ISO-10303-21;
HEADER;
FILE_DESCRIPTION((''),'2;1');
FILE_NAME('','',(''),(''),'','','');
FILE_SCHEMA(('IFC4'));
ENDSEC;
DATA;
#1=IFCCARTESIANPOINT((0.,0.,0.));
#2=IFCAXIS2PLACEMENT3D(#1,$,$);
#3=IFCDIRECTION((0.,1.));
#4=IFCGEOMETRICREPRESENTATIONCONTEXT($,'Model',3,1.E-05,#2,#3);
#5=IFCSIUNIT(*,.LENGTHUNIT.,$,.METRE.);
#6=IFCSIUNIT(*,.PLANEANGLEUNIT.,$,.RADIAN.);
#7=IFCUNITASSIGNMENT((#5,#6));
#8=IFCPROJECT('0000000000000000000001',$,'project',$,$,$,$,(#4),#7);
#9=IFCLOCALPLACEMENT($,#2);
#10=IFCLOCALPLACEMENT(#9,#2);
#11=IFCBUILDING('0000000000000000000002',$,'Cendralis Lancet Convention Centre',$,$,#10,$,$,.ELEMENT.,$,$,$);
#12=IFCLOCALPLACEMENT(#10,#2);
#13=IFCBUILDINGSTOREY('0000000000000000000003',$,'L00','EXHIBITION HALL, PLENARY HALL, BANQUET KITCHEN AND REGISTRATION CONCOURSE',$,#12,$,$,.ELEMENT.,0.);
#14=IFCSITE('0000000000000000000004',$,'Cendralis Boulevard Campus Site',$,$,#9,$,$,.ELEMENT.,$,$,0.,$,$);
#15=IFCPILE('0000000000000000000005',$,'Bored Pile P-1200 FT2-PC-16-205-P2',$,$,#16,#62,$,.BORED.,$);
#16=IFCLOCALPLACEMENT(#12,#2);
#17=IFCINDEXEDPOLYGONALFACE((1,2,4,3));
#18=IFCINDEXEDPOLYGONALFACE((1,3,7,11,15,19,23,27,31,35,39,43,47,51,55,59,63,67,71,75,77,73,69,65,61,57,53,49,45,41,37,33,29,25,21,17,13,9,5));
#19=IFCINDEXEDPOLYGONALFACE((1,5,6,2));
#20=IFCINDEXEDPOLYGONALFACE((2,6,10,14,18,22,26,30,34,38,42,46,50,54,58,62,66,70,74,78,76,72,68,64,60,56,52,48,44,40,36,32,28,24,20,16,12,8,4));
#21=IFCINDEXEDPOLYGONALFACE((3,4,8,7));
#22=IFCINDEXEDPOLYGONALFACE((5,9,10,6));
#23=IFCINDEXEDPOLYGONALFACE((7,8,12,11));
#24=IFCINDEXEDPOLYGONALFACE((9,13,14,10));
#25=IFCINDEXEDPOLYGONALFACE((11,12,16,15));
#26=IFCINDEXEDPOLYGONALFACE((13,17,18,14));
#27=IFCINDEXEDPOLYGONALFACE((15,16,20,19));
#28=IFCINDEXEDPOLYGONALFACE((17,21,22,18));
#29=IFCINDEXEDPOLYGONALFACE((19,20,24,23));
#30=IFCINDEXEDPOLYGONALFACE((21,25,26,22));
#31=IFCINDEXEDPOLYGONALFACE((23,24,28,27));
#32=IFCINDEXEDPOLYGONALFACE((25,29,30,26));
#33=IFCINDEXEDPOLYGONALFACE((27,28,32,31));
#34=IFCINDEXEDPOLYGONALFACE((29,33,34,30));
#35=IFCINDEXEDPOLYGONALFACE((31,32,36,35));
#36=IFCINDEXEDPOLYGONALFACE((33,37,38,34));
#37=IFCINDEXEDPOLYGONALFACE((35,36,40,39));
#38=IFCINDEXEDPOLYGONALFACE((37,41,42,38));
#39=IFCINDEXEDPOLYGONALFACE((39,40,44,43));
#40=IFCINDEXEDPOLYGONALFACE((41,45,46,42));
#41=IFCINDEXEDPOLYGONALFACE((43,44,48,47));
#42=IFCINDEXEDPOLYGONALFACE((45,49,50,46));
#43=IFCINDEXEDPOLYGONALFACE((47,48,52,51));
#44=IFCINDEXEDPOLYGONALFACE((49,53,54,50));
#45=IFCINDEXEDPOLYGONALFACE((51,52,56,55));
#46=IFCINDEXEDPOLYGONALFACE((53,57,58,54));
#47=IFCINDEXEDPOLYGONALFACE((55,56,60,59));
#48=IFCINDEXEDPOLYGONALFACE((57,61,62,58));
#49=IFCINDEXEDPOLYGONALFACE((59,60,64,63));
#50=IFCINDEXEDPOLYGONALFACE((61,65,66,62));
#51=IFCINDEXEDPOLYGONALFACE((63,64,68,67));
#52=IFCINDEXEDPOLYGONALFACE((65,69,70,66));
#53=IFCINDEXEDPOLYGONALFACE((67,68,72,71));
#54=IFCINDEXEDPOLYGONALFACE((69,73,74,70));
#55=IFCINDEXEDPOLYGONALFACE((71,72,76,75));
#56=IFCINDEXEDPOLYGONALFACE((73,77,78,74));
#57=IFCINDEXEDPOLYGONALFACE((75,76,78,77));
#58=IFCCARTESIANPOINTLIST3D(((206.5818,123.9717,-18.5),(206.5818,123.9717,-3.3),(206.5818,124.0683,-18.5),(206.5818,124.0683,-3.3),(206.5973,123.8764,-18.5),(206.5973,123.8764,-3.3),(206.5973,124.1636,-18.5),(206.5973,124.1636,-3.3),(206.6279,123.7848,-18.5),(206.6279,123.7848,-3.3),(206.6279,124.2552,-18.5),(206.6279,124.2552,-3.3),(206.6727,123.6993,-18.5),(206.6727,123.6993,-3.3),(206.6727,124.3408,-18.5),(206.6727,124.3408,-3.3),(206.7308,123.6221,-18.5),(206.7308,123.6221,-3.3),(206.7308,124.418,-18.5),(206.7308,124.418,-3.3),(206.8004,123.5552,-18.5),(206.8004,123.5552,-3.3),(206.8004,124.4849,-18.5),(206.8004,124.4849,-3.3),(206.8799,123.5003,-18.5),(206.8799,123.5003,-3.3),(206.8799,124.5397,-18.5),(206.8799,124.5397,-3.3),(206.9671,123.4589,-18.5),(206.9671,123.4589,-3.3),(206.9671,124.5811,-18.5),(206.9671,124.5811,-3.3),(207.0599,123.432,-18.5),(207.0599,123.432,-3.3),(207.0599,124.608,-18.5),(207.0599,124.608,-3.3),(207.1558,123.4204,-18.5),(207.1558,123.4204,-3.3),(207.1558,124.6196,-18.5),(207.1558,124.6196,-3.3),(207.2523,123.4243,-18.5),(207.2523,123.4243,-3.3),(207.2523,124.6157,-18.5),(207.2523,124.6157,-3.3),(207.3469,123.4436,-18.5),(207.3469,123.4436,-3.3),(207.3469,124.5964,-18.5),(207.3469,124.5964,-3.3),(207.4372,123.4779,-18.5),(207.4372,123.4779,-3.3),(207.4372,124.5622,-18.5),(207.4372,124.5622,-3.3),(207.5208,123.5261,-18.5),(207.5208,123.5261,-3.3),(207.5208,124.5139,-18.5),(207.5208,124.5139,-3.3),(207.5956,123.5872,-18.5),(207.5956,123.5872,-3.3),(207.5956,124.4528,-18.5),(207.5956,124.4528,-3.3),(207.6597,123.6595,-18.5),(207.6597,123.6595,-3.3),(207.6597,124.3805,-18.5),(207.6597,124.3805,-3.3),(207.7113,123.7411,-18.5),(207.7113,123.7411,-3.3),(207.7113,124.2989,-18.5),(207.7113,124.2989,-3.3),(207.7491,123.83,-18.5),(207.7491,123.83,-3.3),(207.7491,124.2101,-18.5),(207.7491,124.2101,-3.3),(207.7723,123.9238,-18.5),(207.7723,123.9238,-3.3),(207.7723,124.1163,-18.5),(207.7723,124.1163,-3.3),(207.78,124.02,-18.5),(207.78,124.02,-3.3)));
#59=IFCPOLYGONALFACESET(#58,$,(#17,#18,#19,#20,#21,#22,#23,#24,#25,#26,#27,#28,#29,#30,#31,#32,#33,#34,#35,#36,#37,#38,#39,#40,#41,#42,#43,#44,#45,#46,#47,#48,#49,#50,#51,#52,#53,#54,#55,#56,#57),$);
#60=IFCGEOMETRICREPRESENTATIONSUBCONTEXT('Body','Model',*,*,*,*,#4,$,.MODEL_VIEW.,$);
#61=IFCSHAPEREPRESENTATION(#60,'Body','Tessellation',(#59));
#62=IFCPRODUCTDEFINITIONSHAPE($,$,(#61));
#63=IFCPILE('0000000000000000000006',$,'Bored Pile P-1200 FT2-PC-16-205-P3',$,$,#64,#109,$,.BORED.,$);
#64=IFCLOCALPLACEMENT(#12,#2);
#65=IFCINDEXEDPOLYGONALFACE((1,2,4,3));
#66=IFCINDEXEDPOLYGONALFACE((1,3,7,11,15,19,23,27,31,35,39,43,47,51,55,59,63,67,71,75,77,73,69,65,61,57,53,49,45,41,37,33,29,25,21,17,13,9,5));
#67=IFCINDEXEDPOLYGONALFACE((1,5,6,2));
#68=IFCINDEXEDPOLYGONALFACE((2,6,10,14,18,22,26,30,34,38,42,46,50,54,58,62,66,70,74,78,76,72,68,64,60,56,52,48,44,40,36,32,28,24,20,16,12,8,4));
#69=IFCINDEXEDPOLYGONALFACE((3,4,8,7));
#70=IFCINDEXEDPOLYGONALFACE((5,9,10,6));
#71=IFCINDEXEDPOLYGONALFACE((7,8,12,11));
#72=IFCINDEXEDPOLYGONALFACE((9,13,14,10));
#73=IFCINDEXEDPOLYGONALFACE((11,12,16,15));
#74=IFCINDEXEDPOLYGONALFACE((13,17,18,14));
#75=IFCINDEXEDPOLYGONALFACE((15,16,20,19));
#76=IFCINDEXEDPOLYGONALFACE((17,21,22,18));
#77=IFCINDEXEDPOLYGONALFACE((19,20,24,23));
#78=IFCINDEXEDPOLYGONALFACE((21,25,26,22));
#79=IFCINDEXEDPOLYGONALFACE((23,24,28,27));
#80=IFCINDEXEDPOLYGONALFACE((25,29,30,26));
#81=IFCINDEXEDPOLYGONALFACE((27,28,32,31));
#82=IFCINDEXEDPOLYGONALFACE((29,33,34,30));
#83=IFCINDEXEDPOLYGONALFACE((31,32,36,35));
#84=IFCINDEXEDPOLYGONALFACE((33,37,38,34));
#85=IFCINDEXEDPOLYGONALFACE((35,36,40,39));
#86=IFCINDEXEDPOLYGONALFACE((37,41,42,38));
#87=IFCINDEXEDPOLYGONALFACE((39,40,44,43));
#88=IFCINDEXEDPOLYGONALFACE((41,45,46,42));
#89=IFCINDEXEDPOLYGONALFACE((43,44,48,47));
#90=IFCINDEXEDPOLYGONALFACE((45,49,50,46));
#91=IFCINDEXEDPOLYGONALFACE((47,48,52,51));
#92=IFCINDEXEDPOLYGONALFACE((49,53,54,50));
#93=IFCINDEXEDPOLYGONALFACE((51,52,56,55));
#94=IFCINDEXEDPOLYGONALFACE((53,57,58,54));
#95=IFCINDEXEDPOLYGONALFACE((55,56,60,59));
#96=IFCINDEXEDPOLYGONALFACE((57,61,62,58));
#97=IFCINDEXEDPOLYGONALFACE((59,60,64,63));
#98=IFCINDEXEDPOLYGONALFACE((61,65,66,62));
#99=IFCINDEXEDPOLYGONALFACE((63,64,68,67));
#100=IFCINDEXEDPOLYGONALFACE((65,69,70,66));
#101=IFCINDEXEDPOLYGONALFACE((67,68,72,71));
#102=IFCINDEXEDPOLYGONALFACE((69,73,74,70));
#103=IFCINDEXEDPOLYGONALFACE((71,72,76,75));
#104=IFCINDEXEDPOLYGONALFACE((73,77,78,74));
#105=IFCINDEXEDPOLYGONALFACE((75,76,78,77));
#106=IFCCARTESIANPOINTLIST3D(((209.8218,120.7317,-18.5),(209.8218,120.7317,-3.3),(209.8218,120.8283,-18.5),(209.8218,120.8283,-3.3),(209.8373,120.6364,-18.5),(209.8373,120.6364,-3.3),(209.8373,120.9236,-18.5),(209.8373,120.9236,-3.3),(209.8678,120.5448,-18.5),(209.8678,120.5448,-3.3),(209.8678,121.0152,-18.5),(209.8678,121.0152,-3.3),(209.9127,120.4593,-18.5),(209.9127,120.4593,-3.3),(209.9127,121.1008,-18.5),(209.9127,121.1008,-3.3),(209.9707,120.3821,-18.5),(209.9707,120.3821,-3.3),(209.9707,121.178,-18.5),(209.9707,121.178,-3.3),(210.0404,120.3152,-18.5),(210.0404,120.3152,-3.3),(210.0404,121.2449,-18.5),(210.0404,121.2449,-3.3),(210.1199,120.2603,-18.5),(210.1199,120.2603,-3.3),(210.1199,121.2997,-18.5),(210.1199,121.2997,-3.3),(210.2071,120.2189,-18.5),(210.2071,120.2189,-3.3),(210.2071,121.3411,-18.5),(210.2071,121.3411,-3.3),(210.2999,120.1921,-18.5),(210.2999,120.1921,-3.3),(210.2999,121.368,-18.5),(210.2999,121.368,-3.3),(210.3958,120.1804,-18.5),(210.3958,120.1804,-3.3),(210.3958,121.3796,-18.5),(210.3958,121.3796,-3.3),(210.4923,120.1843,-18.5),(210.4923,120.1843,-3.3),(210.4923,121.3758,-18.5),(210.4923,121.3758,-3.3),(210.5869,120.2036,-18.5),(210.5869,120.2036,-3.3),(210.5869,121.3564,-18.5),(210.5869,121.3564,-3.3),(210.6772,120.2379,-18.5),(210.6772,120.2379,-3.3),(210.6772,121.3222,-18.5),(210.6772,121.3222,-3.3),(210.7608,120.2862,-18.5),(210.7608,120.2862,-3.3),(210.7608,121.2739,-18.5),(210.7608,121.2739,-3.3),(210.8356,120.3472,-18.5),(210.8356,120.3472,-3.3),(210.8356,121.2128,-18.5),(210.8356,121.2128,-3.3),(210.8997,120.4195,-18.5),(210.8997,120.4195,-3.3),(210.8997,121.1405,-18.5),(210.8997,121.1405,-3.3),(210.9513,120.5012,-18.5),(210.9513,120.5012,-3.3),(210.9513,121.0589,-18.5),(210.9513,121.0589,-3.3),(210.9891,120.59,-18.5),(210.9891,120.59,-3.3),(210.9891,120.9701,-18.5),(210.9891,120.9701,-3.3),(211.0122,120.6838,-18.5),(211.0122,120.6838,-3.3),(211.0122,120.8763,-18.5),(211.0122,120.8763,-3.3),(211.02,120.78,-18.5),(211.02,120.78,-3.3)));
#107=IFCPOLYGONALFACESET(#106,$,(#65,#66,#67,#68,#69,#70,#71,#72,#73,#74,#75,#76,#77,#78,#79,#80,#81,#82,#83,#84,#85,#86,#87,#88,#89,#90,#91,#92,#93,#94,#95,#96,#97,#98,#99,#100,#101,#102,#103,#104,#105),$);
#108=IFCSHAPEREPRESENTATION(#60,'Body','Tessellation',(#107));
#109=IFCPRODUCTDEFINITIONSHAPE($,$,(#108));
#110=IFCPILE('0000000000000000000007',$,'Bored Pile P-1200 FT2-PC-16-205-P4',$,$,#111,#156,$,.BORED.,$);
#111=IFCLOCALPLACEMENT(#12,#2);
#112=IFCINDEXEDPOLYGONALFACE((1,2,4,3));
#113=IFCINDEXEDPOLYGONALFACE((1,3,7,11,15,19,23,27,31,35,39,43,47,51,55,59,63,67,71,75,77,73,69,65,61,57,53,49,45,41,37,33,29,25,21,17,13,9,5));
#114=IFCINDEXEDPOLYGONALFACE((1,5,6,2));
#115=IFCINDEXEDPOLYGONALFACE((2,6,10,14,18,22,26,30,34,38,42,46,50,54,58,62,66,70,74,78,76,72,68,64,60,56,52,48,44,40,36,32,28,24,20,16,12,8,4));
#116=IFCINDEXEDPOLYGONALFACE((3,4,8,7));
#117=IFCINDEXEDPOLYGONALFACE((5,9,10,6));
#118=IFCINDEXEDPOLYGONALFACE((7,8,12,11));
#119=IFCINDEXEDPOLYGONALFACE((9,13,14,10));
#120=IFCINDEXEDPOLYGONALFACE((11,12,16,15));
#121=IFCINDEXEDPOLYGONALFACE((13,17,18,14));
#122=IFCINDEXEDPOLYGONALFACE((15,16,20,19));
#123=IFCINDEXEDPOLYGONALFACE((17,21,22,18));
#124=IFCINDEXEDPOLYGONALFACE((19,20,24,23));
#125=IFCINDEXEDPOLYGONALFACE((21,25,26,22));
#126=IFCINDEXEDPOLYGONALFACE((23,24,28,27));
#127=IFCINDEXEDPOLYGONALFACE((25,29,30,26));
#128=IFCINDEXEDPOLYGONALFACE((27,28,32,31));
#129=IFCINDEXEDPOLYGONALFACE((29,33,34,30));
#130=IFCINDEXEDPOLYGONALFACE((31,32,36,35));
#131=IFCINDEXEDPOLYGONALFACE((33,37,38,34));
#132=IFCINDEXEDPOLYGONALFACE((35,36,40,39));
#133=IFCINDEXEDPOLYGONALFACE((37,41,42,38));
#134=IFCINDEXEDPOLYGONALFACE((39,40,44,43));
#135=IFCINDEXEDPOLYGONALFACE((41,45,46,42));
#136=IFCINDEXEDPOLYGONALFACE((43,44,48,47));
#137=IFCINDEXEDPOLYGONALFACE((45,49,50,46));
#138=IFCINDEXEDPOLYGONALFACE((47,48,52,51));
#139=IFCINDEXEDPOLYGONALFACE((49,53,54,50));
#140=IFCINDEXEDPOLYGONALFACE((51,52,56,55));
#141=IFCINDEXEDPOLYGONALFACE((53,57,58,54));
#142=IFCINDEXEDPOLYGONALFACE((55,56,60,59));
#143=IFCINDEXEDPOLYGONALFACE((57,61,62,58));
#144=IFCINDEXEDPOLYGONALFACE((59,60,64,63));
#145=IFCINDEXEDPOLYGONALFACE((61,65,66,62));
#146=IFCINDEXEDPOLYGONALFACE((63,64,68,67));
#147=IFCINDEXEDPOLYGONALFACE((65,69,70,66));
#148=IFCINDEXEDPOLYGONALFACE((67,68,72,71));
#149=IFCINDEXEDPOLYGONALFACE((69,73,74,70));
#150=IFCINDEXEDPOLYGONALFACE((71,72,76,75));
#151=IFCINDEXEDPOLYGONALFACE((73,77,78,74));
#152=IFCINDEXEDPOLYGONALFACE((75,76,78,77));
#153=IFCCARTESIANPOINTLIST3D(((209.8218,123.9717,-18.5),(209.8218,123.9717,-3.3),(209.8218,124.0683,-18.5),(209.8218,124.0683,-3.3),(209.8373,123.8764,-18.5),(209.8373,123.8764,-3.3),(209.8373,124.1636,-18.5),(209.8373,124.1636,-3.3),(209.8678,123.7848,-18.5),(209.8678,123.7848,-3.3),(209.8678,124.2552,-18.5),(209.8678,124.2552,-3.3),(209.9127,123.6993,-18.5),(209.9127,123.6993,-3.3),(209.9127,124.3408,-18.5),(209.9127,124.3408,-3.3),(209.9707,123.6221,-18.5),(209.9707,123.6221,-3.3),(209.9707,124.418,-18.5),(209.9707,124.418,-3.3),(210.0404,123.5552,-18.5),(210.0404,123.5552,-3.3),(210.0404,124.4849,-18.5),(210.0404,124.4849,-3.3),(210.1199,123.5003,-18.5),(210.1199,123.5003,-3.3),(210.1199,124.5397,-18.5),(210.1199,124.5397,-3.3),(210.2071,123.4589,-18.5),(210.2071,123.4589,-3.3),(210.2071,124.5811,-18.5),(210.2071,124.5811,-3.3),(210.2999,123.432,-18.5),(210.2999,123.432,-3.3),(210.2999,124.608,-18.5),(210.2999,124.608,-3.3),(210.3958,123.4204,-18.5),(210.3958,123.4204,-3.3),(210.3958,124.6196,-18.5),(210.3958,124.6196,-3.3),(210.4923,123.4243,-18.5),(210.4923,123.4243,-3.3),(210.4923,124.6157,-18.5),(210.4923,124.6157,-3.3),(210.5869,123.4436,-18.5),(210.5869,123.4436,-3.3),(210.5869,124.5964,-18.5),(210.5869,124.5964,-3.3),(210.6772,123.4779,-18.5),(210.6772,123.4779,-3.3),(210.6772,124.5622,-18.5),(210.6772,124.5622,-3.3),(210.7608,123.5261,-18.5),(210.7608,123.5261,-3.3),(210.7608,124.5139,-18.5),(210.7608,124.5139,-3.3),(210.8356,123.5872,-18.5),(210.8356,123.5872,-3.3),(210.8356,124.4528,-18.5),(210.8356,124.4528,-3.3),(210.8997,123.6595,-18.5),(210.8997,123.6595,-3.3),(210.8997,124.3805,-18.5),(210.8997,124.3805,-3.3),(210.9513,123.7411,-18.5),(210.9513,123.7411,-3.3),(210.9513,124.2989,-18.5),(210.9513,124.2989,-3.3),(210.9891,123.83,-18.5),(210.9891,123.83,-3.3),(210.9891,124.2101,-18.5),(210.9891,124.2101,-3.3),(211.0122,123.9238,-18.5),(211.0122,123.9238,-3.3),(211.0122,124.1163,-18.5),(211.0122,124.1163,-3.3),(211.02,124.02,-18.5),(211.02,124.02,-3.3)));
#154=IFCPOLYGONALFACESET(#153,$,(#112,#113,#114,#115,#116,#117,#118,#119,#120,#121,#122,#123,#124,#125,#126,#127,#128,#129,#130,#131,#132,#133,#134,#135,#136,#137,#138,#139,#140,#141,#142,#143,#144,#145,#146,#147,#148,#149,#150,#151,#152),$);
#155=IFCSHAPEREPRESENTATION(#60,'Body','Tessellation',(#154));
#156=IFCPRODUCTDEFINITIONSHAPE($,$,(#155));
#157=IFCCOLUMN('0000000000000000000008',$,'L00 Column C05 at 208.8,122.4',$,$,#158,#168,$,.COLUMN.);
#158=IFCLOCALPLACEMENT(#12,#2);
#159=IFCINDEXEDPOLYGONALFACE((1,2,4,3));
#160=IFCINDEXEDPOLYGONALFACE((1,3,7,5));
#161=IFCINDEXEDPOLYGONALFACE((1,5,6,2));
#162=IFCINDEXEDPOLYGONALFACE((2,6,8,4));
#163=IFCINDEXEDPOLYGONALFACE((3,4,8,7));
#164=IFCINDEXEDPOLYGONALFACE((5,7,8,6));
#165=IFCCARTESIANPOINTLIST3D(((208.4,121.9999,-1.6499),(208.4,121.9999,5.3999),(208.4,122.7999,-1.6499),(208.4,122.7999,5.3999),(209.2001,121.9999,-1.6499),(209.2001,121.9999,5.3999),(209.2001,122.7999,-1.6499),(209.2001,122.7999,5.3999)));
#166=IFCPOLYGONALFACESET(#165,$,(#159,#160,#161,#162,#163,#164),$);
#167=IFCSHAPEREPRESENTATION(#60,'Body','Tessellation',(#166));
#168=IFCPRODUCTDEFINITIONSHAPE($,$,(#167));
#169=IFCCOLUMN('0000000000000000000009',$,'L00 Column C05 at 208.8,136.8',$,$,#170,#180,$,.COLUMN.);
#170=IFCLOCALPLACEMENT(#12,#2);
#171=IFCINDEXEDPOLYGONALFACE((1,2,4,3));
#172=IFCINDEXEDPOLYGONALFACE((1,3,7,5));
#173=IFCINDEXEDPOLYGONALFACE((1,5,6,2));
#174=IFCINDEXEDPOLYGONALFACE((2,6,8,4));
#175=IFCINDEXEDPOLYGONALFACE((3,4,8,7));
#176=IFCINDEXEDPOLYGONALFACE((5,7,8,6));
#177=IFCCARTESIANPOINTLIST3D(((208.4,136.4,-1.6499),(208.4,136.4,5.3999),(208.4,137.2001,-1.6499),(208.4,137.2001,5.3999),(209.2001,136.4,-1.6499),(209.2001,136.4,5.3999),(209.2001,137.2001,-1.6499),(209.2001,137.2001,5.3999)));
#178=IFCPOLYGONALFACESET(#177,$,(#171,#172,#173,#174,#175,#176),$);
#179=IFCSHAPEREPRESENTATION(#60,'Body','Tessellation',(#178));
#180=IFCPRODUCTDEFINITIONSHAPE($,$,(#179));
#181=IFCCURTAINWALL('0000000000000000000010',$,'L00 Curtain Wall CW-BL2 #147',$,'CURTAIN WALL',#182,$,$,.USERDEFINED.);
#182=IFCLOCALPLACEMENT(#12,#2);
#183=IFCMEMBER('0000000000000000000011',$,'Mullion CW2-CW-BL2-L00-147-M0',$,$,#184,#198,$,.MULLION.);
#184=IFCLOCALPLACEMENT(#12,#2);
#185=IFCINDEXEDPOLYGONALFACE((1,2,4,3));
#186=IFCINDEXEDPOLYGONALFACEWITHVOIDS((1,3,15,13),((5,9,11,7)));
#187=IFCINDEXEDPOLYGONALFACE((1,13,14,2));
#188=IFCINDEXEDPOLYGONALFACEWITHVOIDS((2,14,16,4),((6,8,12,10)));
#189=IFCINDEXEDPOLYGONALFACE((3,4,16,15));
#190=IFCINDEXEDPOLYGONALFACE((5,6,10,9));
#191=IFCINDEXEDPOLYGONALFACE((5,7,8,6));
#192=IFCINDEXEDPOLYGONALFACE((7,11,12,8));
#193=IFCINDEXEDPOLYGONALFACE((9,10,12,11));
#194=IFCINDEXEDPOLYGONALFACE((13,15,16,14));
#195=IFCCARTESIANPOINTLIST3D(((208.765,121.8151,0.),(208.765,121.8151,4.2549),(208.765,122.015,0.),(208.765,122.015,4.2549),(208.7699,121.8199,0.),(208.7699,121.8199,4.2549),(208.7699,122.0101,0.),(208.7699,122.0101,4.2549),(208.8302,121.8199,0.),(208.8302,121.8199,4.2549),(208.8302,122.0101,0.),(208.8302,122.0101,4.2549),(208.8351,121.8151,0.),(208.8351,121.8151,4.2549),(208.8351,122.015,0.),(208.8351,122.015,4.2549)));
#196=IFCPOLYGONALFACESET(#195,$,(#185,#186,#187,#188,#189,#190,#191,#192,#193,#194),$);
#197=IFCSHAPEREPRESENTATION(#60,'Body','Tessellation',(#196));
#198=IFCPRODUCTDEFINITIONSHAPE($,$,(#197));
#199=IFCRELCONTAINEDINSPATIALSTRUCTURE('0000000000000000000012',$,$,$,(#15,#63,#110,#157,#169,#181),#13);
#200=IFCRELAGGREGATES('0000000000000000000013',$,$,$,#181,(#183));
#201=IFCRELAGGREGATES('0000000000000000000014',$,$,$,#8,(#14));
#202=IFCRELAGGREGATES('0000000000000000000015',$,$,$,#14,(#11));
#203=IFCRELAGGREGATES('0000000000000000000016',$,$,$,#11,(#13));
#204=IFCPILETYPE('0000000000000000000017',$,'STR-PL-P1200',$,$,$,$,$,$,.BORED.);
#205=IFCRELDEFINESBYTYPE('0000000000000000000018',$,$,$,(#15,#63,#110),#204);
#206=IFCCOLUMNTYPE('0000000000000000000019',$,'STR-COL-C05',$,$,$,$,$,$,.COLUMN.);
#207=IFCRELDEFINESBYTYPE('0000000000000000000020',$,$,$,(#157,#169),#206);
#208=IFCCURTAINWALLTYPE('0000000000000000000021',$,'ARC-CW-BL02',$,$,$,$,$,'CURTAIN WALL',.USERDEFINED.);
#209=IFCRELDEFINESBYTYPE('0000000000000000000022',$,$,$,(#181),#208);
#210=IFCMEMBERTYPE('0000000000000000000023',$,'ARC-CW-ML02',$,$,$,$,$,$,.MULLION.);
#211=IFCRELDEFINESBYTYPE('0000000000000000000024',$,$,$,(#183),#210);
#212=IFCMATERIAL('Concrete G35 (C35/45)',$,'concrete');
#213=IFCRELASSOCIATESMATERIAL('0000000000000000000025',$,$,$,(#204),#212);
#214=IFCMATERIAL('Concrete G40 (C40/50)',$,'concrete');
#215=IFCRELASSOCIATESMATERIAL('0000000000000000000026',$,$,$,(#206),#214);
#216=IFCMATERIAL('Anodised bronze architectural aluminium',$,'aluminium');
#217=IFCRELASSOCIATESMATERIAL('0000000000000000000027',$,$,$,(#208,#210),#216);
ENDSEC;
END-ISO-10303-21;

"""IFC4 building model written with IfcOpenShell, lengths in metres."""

from ifc_helpers import new_model, si_unit, direction, frame, origin, origin_2d, place, context, subcontext, project, spatial, rectangle, hollow_rectangle, circle, extrude, material, material_profile, profile_set, type_object, element, aggregate, save


model = new_model("IFC4")

# Units and contexts
model_context = context("Model", 3, precision=1e-05, world=origin(), true_north=direction((0.0, 1.0)))
body_context = subcontext(model_context, "Body", "Model", "MODEL_VIEW")
ifc_project = project(units=[si_unit("LENGTHUNIT", "METRE"), si_unit("PLANEANGLEUNIT", "RADIAN")], contexts=[model_context])

# Site, building, storey
site_placement = place(None, origin())
site = spatial("IfcSite", under=ifc_project, at=site_placement, Name="Cendralis Boulevard Campus Site", CompositionType="ELEMENT", RefElevation=0.0)
building_placement = place(site_placement, origin())
building = spatial("IfcBuilding", under=site, at=building_placement, Name="Cendralis Lancet Convention Centre", CompositionType="ELEMENT")
storey_placement = place(building_placement, origin())
storey = spatial("IfcBuildingStorey", under=building, at=storey_placement, Name="L00", Description="EXHIBITION HALL, PLENARY HALL, BANQUET KITCHEN AND REGISTRATION CONCOURSE", CompositionType="ELEMENT", Elevation=0.0)

# Shared definitions
ifc_material_1 = material(Name="Concrete G35 (C35/45)", Category="concrete")

# Piles
ifc_material_profile_1 = material_profile(ifc_material_1, circle(Radius=0.6001, at=origin_2d()), Name="BORED PILE D1200")
ifc_profile_set_1 = profile_set([ifc_material_profile_1], Name="Concrete G35 (C35/45)")
pile_type = type_object("IfcPileType", Name="STR-PL-P1200", PredefinedType="BORED", material=ifc_profile_set_1)
for number, where, z_axis, x_axis, name in (
    (1, (207.1799, 124.02, -3.3), (0.0, 0.0, -1.0), (1.0, 0.0, 0.0), "Bored Pile P-1200 FT2-PC-16-205-P2"),
    (2, (210.4199, 120.78, -3.3), (0.0, 0.0, -1.0), (1.0, 0.0, 0.0), "Bored Pile P-1200 FT2-PC-16-205-P3"),
    (3, (210.4199, 124.02, -3.3), (0.0, 0.0, -1.0), (1.0, 0.0, 0.0), "Bored Pile P-1200 FT2-PC-16-205-P4"),
):
    element("IfcPile", number, at=place(storey_placement, frame(where, z_axis=z_axis, x_axis=x_axis)), inside=storey, type_object=pile_type, Name=name, PredefinedType="BORED", context=body_context, shape_type="SweptSolid", body=[
        extrude(circle(Radius=0.6001, at=origin_2d()), origin(), (0.0, 0.0, 1.0), 15.2),
    ])

# Columns
ifc_material_2 = material(Name="Concrete G40 (C40/50)", Category="concrete")
ifc_material_profile_2 = material_profile(ifc_material_2, rectangle(XDim=0.8, YDim=0.8, at=origin_2d()), Name="RC 800x800")
ifc_profile_set_2 = profile_set([ifc_material_profile_2], Name="Concrete G40 (C40/50)")
column_type = type_object("IfcColumnType", Name="STR-COL-C05", PredefinedType="COLUMN", material=ifc_profile_set_2)
for number, where, z_axis, x_axis, name in (
    (4, (208.8, 122.3999, -1.6499), (0.0, 0.0, 1.0), (1.0, 0.0, 0.0), "L00 Column C05 at 208.8,122.4"),
    (5, (208.8, 136.8, -1.6499), (0.0, 0.0, 1.0), (1.0, 0.0, 0.0), "L00 Column C05 at 208.8,136.8"),
):
    element("IfcColumn", number, at=place(storey_placement, frame(where, z_axis=z_axis, x_axis=x_axis)), inside=storey, type_object=column_type, Name=name, PredefinedType="COLUMN", context=body_context, shape_type="SweptSolid", body=[
        extrude(rectangle(XDim=0.8, YDim=0.8, at=origin_2d()), origin(), (0.0, 0.0, 1.0), 7.0498),
    ])

# Curtain wall, member
ifc_material_3 = material(Name="Anodised bronze architectural aluminium", Category="aluminium")
curtain_wall_type = type_object("IfcCurtainWallType", Name="ARC-CW-BL02", ElementType="CURTAIN WALL", PredefinedType="USERDEFINED", material=ifc_material_3)
curtain_wall_placement = place(storey_placement, origin())
curtain_wall = element("IfcCurtainWall", 6, at=curtain_wall_placement, inside=storey, type_object=curtain_wall_type, Name="L00 Curtain Wall CW-BL2 #147", ObjectType="CURTAIN WALL", PredefinedType="USERDEFINED")
ifc_material_profile_3 = material_profile(ifc_material_3, hollow_rectangle(XDim=0.0701, YDim=0.2, WallThickness=0.0049, at=origin_2d()), Name="AL-MULL 70x200x5.0")
ifc_profile_set_3 = profile_set([ifc_material_profile_3], Name="Anodised bronze architectural aluminium")
member_type_1 = type_object("IfcMemberType", Name="ARC-CW-ML02", PredefinedType="MULLION", material=ifc_profile_set_3)
member_1_placement = place(storey_placement, frame((208.8, 121.915, 0.0), z_axis=(0.0, 0.0, 1.0), x_axis=(1.0, 0.0, 0.0)))
member_1 = element("IfcMember", 7, at=member_1_placement, type_object=member_type_1, Name="Mullion CW2-CW-BL2-L00-147-M0", PredefinedType="MULLION", context=body_context, shape_type="SweptSolid", body=[
    extrude(hollow_rectangle(XDim=0.0701, YDim=0.2, WallThickness=0.0049, at=origin_2d()), origin(), (0.0, 0.0, 1.0), 4.2549),
])

aggregate(curtain_wall, [member_1])

save(model, "model.ifc")
